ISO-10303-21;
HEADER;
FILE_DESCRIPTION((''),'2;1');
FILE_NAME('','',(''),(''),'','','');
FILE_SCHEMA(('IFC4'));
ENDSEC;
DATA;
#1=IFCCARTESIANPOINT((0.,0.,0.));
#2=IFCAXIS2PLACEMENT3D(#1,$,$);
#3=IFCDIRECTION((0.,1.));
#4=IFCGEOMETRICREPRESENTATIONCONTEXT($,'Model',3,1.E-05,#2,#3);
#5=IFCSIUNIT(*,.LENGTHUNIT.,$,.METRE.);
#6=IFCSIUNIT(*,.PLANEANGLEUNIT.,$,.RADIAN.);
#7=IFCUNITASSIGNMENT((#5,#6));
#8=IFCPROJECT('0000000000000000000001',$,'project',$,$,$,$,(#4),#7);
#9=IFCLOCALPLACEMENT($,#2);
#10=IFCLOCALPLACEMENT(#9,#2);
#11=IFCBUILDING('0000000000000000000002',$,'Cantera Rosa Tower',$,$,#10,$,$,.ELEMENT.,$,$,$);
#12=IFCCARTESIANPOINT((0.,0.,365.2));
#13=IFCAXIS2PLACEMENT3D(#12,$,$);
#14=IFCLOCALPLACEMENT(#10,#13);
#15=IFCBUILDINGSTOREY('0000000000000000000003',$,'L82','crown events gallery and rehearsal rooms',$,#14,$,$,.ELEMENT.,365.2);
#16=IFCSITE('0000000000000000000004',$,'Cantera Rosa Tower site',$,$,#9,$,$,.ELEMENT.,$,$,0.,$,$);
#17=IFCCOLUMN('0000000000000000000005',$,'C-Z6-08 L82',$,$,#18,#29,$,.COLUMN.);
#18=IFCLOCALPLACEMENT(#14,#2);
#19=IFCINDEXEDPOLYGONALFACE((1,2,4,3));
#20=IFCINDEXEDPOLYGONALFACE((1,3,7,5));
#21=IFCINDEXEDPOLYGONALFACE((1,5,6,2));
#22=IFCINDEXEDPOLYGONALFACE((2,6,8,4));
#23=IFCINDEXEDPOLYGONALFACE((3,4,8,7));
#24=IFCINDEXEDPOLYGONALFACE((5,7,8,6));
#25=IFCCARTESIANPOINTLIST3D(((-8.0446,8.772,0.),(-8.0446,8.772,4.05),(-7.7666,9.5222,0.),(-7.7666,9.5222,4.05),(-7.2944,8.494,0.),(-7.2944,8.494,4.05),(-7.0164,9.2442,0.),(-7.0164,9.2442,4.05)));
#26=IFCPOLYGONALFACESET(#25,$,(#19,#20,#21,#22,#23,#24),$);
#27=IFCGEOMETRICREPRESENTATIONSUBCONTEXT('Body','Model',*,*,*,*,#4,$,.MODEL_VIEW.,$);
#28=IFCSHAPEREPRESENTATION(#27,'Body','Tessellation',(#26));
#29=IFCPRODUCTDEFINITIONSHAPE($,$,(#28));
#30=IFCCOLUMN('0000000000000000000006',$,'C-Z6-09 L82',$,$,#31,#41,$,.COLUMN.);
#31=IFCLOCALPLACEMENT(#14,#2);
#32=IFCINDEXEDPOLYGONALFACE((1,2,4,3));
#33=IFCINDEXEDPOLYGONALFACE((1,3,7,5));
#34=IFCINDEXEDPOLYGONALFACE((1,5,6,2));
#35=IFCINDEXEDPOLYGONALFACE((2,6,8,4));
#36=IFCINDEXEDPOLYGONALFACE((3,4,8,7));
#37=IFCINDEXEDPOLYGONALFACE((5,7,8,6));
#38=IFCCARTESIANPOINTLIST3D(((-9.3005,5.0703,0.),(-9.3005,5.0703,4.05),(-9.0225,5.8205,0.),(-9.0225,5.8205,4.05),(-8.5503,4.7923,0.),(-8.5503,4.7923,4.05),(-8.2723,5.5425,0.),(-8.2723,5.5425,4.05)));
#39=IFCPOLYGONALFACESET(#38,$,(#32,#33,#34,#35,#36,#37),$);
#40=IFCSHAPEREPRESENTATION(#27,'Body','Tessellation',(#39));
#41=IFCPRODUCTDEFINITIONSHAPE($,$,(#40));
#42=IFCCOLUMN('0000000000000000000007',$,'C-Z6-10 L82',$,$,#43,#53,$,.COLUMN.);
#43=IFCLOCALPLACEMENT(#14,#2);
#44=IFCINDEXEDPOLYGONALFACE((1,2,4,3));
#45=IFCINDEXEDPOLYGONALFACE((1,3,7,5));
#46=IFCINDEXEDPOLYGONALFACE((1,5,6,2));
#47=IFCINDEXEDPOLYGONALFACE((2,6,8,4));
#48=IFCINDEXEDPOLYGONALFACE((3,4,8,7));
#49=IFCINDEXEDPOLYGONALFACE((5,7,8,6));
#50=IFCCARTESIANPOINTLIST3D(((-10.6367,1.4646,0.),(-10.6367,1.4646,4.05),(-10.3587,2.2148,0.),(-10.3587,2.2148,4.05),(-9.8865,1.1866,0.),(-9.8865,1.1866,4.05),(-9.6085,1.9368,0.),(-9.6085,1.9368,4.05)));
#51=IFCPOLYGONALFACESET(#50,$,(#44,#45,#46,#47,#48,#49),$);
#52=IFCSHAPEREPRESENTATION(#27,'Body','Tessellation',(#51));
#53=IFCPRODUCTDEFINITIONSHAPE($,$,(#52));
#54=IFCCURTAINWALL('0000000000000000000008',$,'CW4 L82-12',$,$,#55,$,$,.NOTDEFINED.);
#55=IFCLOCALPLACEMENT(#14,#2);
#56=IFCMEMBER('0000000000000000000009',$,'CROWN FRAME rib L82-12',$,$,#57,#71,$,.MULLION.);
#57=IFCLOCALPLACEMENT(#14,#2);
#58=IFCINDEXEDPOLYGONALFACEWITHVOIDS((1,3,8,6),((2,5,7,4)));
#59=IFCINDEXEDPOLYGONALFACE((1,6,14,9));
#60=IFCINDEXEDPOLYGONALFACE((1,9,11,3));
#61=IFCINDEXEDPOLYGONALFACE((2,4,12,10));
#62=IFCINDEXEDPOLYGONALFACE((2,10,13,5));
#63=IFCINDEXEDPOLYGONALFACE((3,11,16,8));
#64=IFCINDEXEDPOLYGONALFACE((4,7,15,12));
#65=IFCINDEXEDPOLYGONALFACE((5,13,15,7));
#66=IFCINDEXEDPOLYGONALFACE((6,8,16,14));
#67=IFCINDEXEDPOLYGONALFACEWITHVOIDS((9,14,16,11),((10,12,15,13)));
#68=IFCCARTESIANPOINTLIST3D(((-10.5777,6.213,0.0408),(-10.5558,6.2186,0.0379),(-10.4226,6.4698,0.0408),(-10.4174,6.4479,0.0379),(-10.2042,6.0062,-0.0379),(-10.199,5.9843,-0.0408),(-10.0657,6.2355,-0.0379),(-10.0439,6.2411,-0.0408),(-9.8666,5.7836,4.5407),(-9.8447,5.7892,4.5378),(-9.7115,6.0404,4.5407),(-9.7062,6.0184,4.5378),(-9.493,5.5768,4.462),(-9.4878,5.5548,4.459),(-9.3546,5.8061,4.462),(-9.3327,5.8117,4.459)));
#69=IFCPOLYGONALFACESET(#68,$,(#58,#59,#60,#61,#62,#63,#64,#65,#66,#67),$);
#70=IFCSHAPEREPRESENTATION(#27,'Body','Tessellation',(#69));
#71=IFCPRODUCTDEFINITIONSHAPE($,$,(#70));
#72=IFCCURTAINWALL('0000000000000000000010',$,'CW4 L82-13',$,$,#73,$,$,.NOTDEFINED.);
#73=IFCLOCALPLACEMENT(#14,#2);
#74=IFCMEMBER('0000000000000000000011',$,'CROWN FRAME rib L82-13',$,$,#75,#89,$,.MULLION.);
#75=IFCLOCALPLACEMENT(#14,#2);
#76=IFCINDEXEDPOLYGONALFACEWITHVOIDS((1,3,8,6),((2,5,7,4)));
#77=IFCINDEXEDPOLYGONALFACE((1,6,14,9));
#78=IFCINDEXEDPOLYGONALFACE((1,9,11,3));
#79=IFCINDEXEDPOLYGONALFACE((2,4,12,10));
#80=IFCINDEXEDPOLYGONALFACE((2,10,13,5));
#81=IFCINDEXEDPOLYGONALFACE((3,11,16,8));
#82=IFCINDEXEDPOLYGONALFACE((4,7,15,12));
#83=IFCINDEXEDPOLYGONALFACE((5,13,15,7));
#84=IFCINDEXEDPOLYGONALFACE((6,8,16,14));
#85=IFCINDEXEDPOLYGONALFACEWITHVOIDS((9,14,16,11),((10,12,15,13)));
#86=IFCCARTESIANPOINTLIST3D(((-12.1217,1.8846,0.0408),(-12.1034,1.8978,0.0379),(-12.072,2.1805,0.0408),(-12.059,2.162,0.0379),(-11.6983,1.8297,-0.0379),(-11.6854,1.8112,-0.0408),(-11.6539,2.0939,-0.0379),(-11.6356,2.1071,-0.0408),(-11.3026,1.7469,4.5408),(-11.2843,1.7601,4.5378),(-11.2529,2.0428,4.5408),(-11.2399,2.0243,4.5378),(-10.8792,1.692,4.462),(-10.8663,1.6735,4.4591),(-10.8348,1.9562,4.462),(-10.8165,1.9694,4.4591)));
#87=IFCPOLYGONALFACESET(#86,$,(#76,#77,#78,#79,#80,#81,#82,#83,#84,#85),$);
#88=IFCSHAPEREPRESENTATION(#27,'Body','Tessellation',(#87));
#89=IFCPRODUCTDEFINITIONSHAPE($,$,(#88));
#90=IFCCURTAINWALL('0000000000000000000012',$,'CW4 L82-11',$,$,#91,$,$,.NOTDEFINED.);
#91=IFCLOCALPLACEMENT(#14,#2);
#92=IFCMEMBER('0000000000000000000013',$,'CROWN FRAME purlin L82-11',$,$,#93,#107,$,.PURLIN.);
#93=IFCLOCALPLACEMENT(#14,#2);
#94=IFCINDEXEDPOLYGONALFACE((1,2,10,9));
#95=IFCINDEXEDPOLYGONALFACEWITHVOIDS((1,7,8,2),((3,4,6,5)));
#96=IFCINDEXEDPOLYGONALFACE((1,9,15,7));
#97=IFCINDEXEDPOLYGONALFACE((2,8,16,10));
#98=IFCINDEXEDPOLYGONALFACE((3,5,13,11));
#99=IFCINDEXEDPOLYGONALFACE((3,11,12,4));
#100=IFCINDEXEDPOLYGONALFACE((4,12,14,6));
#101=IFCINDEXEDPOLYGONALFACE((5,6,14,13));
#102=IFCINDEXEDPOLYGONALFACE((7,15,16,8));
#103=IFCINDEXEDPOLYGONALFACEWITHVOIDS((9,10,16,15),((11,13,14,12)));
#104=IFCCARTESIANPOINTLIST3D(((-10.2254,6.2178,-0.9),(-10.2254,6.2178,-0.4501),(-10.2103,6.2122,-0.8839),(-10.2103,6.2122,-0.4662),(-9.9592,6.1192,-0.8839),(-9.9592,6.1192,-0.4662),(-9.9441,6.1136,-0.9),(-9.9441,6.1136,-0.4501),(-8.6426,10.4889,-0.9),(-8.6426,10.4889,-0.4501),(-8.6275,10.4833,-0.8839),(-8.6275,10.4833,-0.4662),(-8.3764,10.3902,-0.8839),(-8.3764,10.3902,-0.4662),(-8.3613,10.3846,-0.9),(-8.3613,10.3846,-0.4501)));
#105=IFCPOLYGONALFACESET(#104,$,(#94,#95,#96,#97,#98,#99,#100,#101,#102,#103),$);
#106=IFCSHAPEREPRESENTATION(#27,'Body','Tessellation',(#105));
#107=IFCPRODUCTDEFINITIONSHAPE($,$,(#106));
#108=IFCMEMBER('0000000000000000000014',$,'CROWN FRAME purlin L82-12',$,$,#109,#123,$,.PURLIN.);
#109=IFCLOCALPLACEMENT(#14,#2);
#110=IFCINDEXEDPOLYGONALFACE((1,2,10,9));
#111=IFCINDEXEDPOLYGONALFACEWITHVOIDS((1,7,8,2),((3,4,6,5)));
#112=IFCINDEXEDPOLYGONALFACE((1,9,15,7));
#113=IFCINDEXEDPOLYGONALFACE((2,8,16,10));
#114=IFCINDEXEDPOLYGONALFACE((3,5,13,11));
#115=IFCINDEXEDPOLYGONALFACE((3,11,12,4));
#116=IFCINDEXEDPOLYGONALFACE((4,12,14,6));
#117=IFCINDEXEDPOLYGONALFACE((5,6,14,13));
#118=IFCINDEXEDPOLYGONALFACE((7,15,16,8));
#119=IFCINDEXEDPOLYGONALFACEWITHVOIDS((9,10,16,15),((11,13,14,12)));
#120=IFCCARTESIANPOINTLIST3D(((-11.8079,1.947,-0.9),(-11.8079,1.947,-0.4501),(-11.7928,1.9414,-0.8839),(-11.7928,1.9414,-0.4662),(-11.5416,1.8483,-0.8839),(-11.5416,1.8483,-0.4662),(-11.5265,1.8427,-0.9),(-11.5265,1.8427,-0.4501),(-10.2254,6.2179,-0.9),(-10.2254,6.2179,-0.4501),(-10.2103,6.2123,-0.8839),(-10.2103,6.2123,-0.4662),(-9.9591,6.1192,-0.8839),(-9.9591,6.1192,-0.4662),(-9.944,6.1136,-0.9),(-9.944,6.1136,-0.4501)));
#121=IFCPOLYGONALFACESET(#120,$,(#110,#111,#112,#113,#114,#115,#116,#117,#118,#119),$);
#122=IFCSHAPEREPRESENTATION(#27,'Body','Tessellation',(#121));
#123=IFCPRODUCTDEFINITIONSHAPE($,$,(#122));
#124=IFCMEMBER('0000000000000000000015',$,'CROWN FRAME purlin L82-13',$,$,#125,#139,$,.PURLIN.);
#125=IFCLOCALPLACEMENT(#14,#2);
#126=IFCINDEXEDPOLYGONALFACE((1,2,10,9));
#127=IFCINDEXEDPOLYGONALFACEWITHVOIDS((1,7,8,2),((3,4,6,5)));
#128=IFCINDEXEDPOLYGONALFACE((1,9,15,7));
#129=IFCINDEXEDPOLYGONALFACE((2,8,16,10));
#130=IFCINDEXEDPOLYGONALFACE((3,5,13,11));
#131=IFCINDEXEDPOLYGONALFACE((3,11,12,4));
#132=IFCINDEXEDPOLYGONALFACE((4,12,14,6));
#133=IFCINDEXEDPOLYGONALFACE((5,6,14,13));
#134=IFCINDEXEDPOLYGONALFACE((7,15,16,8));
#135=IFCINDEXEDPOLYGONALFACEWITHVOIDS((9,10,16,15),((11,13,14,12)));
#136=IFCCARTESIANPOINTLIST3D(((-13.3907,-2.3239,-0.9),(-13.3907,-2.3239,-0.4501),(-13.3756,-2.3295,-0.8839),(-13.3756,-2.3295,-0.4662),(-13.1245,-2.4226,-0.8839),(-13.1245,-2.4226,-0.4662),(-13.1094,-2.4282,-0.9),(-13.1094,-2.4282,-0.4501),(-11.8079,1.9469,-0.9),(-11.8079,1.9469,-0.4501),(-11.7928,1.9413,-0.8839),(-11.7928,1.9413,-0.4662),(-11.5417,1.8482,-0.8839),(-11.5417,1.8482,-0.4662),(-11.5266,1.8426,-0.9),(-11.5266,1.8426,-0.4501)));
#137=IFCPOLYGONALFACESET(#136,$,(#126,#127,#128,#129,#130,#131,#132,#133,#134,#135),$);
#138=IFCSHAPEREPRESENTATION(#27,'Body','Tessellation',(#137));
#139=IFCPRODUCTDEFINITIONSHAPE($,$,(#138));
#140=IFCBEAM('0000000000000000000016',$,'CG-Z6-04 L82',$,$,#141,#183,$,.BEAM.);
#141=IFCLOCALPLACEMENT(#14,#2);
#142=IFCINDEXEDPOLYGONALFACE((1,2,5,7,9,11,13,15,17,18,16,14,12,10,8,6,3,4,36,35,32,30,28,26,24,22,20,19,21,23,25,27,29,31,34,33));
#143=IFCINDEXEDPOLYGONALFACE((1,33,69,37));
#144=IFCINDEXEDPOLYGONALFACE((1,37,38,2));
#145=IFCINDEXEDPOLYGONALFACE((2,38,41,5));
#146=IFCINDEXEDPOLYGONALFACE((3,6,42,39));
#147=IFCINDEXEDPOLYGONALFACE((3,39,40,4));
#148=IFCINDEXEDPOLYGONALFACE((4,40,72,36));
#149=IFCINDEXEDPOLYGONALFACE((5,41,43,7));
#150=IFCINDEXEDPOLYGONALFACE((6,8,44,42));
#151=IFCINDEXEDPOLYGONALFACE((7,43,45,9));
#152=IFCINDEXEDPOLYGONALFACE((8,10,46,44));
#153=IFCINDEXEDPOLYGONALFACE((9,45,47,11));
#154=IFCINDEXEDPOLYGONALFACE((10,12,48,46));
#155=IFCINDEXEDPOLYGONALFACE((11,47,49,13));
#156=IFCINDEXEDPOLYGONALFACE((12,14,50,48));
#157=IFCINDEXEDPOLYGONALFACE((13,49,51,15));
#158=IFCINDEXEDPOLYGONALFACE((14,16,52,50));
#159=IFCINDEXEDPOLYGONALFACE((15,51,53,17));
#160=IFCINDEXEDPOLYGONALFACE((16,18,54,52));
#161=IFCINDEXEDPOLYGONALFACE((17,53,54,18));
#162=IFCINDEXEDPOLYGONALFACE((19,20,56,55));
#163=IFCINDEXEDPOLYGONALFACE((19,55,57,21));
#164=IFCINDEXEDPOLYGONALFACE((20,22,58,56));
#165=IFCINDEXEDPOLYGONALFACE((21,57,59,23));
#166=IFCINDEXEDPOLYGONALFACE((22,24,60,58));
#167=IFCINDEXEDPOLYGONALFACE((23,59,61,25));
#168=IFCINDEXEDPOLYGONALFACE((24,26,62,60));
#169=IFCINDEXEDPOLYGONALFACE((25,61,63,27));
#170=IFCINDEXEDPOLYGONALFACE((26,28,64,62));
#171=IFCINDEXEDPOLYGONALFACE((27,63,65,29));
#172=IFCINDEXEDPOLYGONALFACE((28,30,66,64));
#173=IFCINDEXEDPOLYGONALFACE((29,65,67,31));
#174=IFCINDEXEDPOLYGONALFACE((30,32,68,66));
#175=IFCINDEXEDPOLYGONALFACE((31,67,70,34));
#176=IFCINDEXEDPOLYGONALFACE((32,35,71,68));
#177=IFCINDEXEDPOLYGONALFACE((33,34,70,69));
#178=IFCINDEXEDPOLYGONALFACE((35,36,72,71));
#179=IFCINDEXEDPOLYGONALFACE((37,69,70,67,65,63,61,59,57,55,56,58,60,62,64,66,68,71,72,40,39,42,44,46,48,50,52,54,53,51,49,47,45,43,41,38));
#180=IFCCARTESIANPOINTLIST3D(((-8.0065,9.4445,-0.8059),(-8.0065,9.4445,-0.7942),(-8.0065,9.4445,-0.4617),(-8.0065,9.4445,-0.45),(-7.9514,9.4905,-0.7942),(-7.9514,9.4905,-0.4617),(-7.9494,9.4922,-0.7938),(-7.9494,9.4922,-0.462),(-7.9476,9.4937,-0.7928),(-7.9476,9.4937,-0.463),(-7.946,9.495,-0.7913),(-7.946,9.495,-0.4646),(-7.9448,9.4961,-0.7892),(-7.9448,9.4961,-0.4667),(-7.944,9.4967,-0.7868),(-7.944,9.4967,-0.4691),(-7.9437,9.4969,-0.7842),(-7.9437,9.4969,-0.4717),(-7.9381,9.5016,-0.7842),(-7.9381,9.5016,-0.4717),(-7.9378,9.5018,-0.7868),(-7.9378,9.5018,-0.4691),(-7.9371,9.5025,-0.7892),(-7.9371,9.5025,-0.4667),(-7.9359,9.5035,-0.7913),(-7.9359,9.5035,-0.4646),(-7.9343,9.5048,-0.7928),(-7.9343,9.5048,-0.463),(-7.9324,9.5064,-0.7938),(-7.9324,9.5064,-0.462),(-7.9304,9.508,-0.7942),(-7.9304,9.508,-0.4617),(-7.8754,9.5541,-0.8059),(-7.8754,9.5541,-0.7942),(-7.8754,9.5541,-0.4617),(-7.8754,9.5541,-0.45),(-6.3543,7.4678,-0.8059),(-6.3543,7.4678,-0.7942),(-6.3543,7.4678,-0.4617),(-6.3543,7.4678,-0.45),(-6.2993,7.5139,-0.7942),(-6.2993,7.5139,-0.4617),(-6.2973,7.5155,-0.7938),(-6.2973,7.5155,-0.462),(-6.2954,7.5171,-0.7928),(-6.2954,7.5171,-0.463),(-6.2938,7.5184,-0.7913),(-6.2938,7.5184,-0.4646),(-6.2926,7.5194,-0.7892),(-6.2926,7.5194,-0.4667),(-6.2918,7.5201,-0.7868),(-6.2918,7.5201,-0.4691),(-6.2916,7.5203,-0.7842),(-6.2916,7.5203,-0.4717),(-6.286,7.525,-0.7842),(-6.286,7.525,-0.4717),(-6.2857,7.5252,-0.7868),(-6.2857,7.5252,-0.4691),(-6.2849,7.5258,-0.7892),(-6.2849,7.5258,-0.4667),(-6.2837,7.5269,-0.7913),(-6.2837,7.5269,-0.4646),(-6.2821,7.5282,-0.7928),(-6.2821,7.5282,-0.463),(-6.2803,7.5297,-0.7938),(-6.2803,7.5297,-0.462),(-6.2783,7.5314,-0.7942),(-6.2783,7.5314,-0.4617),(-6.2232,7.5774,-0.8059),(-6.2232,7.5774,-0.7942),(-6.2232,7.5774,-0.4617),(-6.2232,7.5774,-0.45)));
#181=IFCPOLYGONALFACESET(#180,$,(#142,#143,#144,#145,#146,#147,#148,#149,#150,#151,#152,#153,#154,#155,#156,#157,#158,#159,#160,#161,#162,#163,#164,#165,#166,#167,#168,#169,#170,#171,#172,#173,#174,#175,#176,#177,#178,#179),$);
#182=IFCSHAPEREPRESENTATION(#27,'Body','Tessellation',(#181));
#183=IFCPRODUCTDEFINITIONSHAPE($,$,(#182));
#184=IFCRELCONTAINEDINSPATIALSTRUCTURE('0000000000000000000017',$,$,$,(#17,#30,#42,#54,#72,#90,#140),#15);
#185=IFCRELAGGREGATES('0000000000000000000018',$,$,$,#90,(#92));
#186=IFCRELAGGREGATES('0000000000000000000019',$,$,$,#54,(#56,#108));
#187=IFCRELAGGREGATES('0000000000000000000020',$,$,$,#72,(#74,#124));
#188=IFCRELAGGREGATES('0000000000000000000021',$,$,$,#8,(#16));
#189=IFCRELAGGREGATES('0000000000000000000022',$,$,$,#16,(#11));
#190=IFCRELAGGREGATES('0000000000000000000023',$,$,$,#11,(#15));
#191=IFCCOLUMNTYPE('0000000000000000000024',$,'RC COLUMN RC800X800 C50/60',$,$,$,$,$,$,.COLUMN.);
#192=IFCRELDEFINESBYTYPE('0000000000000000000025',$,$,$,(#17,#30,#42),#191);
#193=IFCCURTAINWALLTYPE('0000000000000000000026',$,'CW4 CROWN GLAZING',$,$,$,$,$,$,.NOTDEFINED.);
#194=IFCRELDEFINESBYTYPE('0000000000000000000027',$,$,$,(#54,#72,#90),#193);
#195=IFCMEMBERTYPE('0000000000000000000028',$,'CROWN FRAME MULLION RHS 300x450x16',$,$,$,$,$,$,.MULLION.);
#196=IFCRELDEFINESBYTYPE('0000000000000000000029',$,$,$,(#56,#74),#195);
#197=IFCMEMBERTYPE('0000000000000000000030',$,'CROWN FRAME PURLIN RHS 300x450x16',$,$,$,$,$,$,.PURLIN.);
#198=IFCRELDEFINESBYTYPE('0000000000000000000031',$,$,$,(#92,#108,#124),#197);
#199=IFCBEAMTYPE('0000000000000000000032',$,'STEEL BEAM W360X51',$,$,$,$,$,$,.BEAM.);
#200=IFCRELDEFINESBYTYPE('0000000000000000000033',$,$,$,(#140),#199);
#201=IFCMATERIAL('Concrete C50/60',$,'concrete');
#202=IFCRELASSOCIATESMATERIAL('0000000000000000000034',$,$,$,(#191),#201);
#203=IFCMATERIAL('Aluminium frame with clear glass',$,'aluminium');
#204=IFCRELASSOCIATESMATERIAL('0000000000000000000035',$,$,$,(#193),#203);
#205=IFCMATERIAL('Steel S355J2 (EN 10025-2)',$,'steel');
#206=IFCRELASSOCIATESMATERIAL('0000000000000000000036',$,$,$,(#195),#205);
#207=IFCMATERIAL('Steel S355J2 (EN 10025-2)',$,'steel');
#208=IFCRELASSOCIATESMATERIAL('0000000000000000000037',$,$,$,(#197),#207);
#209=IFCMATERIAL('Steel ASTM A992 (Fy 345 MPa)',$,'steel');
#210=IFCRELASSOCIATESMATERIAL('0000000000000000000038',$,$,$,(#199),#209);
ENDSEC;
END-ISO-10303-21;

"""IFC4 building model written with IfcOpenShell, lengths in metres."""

from ifc_helpers import new_model, si_unit, direction, frame, origin, origin_2d, place, context, subcontext, project, spatial, rectangle, hollow_rectangle, i_section, extrude, material, material_profile, profile_set, type_object, element, aggregate, save


model = new_model("IFC4")

# Units and contexts
model_context = context("Model", 3, precision=1e-05, world=origin(), true_north=direction((0.0, 1.0)))
body_context = subcontext(model_context, "Body", "Model", "MODEL_VIEW")
ifc_project = project(units=[si_unit("LENGTHUNIT", "METRE"), si_unit("PLANEANGLEUNIT", "RADIAN")], contexts=[model_context])

# Site, building, storey
site_placement = place(None, origin())
site = spatial("IfcSite", under=ifc_project, at=site_placement, Name="Cantera Rosa Tower site", CompositionType="ELEMENT", RefElevation=0.0)
building_placement = place(site_placement, origin())
building = spatial("IfcBuilding", under=site, at=building_placement, Name="Cantera Rosa Tower", CompositionType="ELEMENT")
storey_placement = place(building_placement, frame((0.0, 0.0, 365.2)))
storey = spatial("IfcBuildingStorey", under=building, at=storey_placement, Name="L82", Description="crown events gallery and rehearsal rooms", CompositionType="ELEMENT", Elevation=365.2)

# Columns
ifc_material_1 = material(Name="Concrete C50/60", Category="concrete")
ifc_material_profile_1 = material_profile(ifc_material_1, rectangle(XDim=0.8, YDim=0.8, at=origin_2d()), Name="RC COLUMN RC800X800 C50/60")
ifc_profile_set_1 = profile_set([ifc_material_profile_1], Name="Concrete C50/60")
column_type = type_object("IfcColumnType", Name="RC COLUMN RC800X800 C50/60", PredefinedType="COLUMN", material=ifc_profile_set_1)
for number, where, z_axis, x_axis, name in (
    (1, (-7.5305, 9.0081, 0.0), (0.0, 0.0, 1.0), (0.347481, 0.937687, 0.0), "C-Z6-08 L82"),
    (2, (-8.7864, 5.3064, 0.0), (0.0, 0.0, 1.0), (0.347481, 0.937687, 0.0), "C-Z6-09 L82"),
    (3, (-10.1226, 1.7007, 0.0), (0.0, 0.0, 1.0), (0.347481, 0.937687, 0.0), "C-Z6-10 L82"),
):
    element("IfcColumn", number, at=place(storey_placement, frame(where, z_axis=z_axis, x_axis=x_axis)), inside=storey, type_object=column_type, Name=name, PredefinedType="COLUMN", context=body_context, shape_type="SweptSolid", body=[
        extrude(rectangle(XDim=0.8, YDim=0.8, at=origin_2d()), origin(), (0.0, 0.0, 1.0), 4.05),
    ])

# Curtain walls, members
ifc_material_2 = material(Name="Aluminium frame with clear glass", Category="aluminium")
curtain_wall_type = type_object("IfcCurtainWallType", Name="CW4 CROWN GLAZING", PredefinedType="NOTDEFINED", material=ifc_material_2)
curtain_wall_1_placement = place(storey_placement, origin())
curtain_wall_1 = element("IfcCurtainWall", 4, at=curtain_wall_1_placement, inside=storey, type_object=curtain_wall_type, Name="CW4 L82-12", PredefinedType="NOTDEFINED")
ifc_material_3 = material(Name="Steel S355J2 (EN 10025-2)", Category="steel")
ifc_material_profile_2 = material_profile(ifc_material_3, hollow_rectangle(XDim=0.3, YDim=0.45, WallThickness=0.0161, at=origin_2d()), Name="CROWN FRAME MULLION RHS 300x450x16")
ifc_profile_set_2 = profile_set([ifc_material_profile_2], Name="Steel S355J2 (EN 10025-2)")
member_type_1 = type_object("IfcMemberType", Name="CROWN FRAME MULLION RHS 300x450x16", PredefinedType="MULLION", material=ifc_profile_set_2)
member_1_placement = place(storey_placement, frame((-10.3108, 6.2271, 0.0), z_axis=(0.155414, -0.093846, 0.983382), x_axis=(0.516914, 0.856037, 0.0)))
member_1 = element("IfcMember", 5, at=member_1_placement, type_object=member_type_1, Name="CROWN FRAME rib L82-12", PredefinedType="MULLION", context=body_context, shape_type="SweptSolid", body=[
    extrude(hollow_rectangle(XDim=0.3, YDim=0.45, WallThickness=0.0161, at=origin_2d()), origin(), (0.0, 0.0, 1.0), 4.5759),
])
curtain_wall_2_placement = place(storey_placement, origin())
curtain_wall_2 = element("IfcCurtainWall", 6, at=curtain_wall_2_placement, inside=storey, type_object=curtain_wall_type, Name="CW4 L82-13", PredefinedType="NOTDEFINED")
member_2_placement = place(storey_placement, frame((-11.8787, 1.9958, 0.0), z_axis=(0.178997, -0.030091, 0.983389), x_axis=(0.165781, 0.986163, 0.0)))
member_2 = element("IfcMember", 7, at=member_2_placement, type_object=member_type_1, Name="CROWN FRAME rib L82-13", PredefinedType="MULLION", context=body_context, shape_type="SweptSolid", body=[
    extrude(hollow_rectangle(XDim=0.3, YDim=0.45, WallThickness=0.0161, at=origin_2d()), origin(), (0.0, 0.0, 1.0), 4.5759),
])
curtain_wall_3_placement = place(storey_placement, origin())
curtain_wall_3 = element("IfcCurtainWall", 8, at=curtain_wall_3_placement, inside=storey, type_object=curtain_wall_type, Name="CW4 L82-11", PredefinedType="NOTDEFINED")
ifc_material_4 = material(Name="Steel S355J2 (EN 10025-2)", Category="steel")
ifc_material_profile_3 = material_profile(ifc_material_4, hollow_rectangle(XDim=0.3, YDim=0.45, WallThickness=0.0161, at=origin_2d()), Name="CROWN FRAME PURLIN RHS 300x450x16")
ifc_profile_set_3 = profile_set([ifc_material_profile_3], Name="Steel S355J2 (EN 10025-2)")
member_type_2 = type_object("IfcMemberType", Name="CROWN FRAME PURLIN RHS 300x450x16", PredefinedType="PURLIN", material=ifc_profile_set_3)
member_3_placement = place(storey_placement, frame((-8.502, 10.4368, -0.675), z_axis=(-0.347491, -0.937683, 0.0), x_axis=(0.937683, -0.347491, 0.0)))
member_3 = element("IfcMember", 9, at=member_3_placement, type_object=member_type_2, Name="CROWN FRAME purlin L82-11", PredefinedType="PURLIN", context=body_context, shape_type="SweptSolid", body=[
    extrude(hollow_rectangle(XDim=0.3, YDim=0.45, WallThickness=0.0161, at=origin_2d()), origin(), (0.0, 0.0, 1.0), 4.5549),
])

# Members
member_4_placement = place(storey_placement, frame((-10.0847, 6.1658, -0.675), z_axis=(-0.347444, -0.937701, 0.0), x_axis=(0.937701, -0.347444, 0.0)))
member_4 = element("IfcMember", 10, at=member_4_placement, type_object=member_type_2, Name="CROWN FRAME purlin L82-12", PredefinedType="PURLIN", context=body_context, shape_type="SweptSolid", body=[
    extrude(hollow_rectangle(XDim=0.3, YDim=0.45, WallThickness=0.0161, at=origin_2d()), origin(), (0.0, 0.0, 1.0), 4.5547),
])
member_5_placement = place(storey_placement, frame((-11.6672, 1.8948, -0.675), z_axis=(-0.347508, -0.937677, 0.0), x_axis=(0.937677, -0.347508, 0.0)))
member_5 = element("IfcMember", 11, at=member_5_placement, type_object=member_type_2, Name="CROWN FRAME purlin L82-13", PredefinedType="PURLIN", context=body_context, shape_type="SweptSolid", body=[
    extrude(hollow_rectangle(XDim=0.3, YDim=0.45, WallThickness=0.0161, at=origin_2d()), origin(), (0.0, 0.0, 1.0), 4.5547),
])

# Beam
ifc_material_5 = material(Name="Steel ASTM A992 (Fy 345 MPa)", Category="steel")
ifc_material_profile_4 = material_profile(ifc_material_5, i_section(OverallWidth=0.1709, OverallDepth=0.356, WebThickness=0.0073, FlangeThickness=0.0117, FilletRadius=0.01, at=origin_2d()), Name="W360X51")
ifc_profile_set_4 = profile_set([ifc_material_profile_4], Name="Steel ASTM A992 (Fy 345 MPa)")
beam_type_1 = type_object("IfcBeamType", Name="STEEL BEAM W360X51", PredefinedType="BEAM", material=ifc_profile_set_4)
beam_1_placement = place(storey_placement, frame((-7.9409, 9.4993, -0.6279), z_axis=(0.641321, -0.767273, 0.0), x_axis=(0.767273, 0.641321, 0.0)))
element("IfcBeam", 12, at=beam_1_placement, inside=storey, type_object=beam_type_1, Name="CG-Z6-04 L82", PredefinedType="BEAM", context=body_context, shape_type="SweptSolid", body=[
    extrude(i_section(OverallWidth=0.1709, OverallDepth=0.356, WebThickness=0.0073, FlangeThickness=0.0117, FilletRadius=0.01, at=origin_2d()), origin(), (0.0, 0.0, 1.0), 2.5762),
])

aggregate(curtain_wall_3, [member_3])
aggregate(curtain_wall_1, [member_1, member_4])
aggregate(curtain_wall_2, [member_2, member_5])

save(model, "model.ifc")
